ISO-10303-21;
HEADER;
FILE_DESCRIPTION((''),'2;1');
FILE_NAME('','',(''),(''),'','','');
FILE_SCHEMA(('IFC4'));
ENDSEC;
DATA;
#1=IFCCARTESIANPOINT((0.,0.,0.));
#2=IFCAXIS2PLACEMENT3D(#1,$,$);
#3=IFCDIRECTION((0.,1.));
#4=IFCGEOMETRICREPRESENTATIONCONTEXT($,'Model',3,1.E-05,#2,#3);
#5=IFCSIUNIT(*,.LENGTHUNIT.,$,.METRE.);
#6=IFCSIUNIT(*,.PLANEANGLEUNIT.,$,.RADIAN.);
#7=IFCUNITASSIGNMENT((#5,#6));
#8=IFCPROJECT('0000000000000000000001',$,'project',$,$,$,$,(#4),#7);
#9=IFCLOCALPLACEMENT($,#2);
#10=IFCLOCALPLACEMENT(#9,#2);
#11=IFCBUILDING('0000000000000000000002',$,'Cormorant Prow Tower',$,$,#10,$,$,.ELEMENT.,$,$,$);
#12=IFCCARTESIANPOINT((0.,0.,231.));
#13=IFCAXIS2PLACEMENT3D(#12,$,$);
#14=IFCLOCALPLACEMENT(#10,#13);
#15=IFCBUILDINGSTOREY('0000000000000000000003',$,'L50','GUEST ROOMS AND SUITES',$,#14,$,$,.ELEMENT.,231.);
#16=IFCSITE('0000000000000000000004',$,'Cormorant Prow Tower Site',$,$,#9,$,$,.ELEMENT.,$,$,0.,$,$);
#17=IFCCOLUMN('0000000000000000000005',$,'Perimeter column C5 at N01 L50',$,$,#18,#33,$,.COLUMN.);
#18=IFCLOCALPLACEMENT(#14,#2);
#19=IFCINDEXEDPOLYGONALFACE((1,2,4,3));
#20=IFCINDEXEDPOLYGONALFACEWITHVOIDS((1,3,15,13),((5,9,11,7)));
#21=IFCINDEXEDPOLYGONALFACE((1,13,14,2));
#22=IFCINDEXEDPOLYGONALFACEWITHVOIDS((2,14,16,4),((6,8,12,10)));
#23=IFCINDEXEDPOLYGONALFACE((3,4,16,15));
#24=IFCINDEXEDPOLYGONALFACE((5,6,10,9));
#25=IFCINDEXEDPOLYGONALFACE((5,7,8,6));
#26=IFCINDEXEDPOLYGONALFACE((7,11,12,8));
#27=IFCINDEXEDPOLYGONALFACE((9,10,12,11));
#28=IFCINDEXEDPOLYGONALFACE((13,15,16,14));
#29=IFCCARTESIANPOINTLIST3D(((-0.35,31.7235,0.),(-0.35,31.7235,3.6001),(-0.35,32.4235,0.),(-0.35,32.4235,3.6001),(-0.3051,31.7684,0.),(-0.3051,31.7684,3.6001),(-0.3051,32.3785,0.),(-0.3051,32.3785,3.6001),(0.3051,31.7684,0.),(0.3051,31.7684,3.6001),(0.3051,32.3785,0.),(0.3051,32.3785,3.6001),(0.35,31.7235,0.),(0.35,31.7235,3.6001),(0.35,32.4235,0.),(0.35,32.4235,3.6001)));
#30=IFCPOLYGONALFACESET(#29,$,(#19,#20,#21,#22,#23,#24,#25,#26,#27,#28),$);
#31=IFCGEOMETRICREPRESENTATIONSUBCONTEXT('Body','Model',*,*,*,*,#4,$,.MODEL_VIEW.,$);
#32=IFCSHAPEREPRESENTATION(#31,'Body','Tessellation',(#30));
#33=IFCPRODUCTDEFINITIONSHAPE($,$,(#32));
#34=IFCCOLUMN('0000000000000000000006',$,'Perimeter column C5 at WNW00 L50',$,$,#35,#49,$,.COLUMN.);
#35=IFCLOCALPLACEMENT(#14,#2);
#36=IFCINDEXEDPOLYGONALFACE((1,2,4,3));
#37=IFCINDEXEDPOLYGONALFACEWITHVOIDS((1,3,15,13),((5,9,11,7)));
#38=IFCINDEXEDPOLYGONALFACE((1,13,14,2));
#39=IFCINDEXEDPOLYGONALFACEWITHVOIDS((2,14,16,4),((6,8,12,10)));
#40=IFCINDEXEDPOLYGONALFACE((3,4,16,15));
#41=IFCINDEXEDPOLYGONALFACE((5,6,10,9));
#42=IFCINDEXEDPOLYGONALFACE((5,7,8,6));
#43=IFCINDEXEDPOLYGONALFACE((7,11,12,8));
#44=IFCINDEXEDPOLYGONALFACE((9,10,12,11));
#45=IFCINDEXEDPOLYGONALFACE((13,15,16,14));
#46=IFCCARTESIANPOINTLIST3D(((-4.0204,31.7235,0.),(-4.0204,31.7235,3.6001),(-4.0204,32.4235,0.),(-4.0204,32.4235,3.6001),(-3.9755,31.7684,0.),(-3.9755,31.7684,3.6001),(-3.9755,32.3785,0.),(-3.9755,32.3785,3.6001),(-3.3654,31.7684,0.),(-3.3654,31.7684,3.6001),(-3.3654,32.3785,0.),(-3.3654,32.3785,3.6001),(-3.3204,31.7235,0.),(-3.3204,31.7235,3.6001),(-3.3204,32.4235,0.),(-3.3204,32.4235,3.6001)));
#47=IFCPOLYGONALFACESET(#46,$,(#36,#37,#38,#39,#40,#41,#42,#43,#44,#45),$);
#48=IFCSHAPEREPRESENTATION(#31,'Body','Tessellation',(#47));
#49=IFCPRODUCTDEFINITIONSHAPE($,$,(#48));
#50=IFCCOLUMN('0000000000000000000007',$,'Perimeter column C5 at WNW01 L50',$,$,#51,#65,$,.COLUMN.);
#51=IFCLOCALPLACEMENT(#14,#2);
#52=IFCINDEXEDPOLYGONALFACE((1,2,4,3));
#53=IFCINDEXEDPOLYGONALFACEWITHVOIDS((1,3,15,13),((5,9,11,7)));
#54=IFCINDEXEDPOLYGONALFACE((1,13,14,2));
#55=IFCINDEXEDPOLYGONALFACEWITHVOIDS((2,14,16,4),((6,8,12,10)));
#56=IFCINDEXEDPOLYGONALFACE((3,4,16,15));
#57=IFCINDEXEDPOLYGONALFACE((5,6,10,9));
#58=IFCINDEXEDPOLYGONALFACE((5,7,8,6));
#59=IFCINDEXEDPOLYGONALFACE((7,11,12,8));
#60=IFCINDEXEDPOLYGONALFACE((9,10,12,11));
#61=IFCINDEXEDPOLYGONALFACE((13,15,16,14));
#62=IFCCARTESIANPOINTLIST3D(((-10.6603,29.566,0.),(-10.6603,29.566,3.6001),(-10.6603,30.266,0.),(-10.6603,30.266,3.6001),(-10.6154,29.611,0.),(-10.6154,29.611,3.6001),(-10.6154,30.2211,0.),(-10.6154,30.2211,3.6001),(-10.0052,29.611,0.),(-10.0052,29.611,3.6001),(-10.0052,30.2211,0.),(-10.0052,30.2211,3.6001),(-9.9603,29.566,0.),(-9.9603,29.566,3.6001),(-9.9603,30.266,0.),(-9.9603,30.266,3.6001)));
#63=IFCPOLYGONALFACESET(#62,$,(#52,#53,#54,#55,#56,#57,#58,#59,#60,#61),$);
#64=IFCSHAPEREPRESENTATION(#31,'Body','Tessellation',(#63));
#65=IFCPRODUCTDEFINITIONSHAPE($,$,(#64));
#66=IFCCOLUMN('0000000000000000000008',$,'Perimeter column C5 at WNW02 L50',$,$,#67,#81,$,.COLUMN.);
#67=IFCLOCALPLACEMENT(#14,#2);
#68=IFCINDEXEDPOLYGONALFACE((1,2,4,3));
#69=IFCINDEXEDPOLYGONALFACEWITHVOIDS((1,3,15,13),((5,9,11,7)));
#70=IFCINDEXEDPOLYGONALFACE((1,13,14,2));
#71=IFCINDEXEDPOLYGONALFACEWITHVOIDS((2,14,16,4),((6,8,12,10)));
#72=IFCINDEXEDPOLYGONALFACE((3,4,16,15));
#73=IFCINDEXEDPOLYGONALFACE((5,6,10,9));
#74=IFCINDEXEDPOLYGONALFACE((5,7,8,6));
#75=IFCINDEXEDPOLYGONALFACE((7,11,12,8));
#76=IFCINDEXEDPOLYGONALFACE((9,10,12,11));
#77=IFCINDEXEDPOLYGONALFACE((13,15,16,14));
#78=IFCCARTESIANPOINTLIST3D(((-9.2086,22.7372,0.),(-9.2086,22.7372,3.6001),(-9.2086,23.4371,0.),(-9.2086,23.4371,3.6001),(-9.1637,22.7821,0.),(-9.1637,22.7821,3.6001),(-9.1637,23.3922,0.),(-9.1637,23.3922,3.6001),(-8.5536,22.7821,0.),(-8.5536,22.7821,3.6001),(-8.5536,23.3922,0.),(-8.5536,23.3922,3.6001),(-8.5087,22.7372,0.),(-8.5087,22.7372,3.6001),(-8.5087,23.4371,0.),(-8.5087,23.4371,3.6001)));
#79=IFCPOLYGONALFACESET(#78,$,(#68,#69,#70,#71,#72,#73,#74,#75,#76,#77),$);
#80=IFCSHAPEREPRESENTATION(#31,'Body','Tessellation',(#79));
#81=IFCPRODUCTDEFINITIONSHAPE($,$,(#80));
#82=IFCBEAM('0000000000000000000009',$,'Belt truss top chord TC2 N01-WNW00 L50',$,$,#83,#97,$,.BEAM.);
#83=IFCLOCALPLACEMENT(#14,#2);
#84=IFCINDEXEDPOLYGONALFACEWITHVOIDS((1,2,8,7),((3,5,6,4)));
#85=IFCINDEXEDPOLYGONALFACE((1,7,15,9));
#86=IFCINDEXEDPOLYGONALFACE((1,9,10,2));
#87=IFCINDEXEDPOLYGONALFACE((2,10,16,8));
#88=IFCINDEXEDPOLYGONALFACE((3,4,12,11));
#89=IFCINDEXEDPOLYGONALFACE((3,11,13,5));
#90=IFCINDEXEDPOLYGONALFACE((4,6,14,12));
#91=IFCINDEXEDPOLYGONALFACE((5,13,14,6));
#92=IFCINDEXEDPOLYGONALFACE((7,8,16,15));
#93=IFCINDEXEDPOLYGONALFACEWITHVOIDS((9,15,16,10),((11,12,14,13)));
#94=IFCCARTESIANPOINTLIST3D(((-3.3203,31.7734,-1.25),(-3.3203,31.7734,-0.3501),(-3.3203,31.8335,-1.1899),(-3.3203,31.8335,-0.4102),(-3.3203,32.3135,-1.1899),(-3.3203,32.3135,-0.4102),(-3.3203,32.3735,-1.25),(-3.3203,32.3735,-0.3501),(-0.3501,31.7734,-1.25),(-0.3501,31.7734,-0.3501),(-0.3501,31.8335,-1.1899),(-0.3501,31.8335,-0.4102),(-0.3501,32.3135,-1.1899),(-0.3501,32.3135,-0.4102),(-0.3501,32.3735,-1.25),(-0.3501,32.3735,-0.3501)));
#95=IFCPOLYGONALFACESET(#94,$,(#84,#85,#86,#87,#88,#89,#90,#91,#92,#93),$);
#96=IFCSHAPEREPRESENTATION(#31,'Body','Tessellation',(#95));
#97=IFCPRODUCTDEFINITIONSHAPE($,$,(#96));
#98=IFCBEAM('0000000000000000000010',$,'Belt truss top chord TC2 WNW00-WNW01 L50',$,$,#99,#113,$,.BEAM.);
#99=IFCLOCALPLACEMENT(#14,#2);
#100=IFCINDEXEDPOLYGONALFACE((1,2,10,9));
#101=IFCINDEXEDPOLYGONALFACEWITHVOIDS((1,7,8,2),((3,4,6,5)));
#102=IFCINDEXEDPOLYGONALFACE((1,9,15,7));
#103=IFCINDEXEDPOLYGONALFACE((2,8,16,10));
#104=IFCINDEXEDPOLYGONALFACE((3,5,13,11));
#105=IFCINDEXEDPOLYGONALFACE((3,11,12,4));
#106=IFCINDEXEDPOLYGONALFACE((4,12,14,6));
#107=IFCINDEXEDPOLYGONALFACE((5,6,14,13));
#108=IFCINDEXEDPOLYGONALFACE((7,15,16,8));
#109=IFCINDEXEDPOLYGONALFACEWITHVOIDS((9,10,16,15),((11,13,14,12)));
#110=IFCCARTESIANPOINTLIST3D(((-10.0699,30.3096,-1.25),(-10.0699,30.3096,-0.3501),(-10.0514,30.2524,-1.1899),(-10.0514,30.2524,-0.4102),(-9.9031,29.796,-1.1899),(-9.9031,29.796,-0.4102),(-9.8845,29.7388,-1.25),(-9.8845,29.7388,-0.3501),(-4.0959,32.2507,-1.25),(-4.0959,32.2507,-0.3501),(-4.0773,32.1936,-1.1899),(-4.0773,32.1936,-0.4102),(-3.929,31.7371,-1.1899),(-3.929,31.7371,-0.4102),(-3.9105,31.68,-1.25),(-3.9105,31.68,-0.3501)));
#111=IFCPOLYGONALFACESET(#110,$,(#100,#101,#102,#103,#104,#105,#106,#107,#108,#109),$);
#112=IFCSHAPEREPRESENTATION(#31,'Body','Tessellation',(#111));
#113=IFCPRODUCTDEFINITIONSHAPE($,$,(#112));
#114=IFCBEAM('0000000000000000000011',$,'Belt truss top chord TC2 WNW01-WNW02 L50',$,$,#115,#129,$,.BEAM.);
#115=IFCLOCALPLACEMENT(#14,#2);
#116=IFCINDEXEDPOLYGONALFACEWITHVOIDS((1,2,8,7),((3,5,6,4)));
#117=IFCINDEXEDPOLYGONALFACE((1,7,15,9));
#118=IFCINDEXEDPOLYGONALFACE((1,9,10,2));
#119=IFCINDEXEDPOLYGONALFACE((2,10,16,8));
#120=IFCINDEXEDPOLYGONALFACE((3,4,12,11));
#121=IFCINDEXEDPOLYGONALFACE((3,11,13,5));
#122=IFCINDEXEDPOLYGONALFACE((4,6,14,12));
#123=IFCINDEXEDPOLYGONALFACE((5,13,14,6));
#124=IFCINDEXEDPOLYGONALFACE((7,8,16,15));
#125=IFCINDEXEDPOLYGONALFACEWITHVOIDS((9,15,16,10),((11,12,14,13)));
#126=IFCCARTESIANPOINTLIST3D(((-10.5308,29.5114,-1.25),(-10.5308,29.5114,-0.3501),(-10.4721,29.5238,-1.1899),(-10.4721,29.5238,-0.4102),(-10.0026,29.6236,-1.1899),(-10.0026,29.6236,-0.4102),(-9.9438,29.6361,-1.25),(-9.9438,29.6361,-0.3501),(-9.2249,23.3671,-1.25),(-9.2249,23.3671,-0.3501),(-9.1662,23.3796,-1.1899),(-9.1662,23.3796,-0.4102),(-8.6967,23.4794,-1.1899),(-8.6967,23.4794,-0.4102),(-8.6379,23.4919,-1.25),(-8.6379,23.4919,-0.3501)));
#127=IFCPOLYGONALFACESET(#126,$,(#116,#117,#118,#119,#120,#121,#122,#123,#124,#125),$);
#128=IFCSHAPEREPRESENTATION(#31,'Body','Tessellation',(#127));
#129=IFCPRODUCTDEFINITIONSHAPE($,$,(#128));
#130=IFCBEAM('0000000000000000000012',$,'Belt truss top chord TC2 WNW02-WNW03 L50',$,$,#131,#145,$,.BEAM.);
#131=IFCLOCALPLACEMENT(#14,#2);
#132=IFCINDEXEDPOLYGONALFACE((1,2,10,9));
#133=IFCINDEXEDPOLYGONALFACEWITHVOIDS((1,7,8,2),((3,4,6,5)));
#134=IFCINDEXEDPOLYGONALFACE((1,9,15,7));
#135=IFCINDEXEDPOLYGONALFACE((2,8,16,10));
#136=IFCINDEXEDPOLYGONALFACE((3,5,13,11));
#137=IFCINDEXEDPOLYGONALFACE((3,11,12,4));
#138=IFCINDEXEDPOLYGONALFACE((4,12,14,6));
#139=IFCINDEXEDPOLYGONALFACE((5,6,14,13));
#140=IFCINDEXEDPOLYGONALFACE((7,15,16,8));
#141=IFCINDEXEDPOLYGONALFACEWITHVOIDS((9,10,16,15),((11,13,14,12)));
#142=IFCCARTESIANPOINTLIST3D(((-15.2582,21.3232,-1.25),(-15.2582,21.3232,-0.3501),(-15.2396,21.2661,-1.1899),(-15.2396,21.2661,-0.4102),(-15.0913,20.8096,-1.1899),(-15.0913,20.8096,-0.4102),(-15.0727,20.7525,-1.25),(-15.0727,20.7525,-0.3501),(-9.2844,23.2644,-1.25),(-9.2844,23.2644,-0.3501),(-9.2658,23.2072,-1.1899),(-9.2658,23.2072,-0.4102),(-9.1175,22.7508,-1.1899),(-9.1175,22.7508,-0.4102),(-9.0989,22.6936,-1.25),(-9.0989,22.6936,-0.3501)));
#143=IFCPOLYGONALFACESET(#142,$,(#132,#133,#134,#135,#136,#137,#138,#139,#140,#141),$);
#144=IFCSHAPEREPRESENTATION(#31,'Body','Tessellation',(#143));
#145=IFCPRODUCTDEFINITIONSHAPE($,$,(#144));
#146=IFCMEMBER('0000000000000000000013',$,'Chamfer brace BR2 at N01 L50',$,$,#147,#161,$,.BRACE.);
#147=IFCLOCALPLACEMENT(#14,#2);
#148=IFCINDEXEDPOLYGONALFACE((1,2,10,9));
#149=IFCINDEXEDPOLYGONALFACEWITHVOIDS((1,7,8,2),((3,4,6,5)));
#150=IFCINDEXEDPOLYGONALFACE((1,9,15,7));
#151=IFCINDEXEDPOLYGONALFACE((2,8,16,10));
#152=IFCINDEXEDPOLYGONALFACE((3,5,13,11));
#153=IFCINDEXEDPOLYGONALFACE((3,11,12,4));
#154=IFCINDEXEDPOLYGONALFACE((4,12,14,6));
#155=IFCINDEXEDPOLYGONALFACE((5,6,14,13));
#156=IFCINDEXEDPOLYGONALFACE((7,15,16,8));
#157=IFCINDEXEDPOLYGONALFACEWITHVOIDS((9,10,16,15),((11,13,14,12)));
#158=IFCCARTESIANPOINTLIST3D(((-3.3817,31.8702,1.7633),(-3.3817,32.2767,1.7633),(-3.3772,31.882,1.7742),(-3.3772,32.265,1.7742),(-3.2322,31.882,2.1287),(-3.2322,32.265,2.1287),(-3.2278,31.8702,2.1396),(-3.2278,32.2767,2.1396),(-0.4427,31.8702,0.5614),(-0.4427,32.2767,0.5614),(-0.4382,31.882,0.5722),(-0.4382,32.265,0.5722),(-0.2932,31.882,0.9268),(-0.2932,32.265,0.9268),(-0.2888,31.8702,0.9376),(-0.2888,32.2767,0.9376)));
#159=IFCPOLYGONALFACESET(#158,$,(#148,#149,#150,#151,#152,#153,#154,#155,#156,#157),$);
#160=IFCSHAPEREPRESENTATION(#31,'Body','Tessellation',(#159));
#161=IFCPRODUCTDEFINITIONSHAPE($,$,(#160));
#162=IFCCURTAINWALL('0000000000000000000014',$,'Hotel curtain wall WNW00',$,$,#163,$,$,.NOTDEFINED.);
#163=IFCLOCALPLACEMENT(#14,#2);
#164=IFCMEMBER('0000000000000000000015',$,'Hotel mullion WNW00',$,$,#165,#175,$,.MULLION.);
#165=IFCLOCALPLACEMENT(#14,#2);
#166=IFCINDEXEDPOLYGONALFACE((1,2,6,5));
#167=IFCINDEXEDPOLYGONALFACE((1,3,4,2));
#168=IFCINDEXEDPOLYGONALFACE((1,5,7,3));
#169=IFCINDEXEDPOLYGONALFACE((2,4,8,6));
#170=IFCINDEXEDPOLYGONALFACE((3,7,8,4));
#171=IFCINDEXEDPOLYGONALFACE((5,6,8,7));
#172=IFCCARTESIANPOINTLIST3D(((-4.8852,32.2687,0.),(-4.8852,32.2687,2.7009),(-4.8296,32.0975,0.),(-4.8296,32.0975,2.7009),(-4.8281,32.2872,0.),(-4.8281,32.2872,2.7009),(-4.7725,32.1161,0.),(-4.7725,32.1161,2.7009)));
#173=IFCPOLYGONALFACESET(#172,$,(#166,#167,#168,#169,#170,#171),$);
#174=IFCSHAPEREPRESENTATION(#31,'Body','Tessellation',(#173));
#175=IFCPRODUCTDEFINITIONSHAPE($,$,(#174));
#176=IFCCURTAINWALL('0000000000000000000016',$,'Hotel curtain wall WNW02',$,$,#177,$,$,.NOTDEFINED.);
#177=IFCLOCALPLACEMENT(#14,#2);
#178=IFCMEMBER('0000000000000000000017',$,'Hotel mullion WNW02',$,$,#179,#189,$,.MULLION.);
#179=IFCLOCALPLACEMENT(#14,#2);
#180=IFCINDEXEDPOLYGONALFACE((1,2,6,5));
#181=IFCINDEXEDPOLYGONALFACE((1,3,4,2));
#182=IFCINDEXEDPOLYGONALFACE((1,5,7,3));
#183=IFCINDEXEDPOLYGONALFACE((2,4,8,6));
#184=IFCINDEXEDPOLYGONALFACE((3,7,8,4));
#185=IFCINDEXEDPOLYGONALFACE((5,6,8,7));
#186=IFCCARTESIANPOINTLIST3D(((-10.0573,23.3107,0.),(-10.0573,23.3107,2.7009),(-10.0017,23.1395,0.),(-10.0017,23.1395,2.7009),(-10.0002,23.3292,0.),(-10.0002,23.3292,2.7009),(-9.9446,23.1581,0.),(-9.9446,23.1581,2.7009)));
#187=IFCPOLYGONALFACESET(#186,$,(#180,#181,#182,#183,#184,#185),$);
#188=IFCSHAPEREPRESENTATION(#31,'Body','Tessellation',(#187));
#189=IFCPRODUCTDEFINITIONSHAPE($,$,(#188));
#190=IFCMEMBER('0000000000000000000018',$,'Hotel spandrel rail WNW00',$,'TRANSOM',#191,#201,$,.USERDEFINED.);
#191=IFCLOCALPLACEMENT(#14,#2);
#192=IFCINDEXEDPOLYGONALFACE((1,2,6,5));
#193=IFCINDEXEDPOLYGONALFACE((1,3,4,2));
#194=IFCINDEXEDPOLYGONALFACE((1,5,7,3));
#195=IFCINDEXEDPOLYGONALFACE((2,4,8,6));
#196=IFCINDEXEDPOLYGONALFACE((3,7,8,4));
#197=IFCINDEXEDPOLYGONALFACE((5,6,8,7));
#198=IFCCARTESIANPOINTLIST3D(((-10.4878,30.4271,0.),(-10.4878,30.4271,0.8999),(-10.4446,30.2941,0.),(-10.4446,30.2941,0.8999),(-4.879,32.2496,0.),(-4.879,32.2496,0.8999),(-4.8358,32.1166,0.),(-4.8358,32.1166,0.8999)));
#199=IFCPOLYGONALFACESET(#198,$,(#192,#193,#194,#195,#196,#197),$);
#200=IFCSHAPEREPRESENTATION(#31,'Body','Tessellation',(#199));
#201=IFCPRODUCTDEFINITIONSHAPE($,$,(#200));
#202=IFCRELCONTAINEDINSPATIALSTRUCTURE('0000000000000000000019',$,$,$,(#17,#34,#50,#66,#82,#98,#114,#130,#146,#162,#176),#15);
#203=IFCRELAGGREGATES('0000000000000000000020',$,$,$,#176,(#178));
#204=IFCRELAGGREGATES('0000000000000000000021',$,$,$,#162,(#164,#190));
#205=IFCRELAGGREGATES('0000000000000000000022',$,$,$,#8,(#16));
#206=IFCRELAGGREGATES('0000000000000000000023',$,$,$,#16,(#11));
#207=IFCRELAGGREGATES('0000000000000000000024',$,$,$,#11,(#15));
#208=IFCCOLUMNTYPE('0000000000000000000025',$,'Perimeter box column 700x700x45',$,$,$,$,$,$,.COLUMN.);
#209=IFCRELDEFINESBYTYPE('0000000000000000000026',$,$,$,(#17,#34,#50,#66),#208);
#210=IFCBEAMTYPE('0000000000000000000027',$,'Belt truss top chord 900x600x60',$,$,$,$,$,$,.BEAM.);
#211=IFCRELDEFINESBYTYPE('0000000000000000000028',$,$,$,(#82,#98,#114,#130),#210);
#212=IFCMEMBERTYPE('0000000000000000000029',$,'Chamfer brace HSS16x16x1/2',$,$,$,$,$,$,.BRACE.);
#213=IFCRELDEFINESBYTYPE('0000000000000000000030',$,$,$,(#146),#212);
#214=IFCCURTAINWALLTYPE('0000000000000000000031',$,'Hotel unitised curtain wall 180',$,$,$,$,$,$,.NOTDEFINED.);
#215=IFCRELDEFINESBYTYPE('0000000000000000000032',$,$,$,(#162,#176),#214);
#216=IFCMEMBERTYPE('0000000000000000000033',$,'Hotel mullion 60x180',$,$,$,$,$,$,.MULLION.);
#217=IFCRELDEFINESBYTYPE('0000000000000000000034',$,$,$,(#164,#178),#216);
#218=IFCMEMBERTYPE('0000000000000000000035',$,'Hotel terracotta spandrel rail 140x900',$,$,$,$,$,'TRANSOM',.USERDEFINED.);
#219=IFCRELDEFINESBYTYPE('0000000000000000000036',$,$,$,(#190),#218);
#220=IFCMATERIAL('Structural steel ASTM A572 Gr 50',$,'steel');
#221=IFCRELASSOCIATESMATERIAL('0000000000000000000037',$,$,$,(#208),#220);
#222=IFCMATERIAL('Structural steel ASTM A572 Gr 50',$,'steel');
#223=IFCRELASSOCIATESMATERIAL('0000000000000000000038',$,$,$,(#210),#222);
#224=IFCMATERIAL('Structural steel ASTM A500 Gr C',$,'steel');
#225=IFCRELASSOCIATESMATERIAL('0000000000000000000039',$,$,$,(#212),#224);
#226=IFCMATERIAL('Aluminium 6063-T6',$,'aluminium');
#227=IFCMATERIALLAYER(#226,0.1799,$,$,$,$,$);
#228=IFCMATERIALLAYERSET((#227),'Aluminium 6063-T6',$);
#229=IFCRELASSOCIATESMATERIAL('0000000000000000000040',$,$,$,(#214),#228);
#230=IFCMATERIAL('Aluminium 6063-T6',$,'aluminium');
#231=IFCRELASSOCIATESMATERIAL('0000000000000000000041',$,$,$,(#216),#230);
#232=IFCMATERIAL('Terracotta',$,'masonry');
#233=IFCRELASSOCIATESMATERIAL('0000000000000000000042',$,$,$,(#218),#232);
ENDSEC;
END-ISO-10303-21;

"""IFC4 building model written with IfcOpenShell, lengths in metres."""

from ifc_helpers import new_model, si_unit, direction, frame, origin, origin_2d, place, context, subcontext, project, spatial, rectangle, hollow_rectangle, extrude, material, layer, layer_set, material_profile, profile_set, type_object, element, aggregate, save


model = new_model("IFC4")

# Units and contexts
model_context = context("Model", 3, precision=1e-05, world=origin(), true_north=direction((0.0, 1.0)))
body_context = subcontext(model_context, "Body", "Model", "MODEL_VIEW")
ifc_project = project(units=[si_unit("LENGTHUNIT", "METRE"), si_unit("PLANEANGLEUNIT", "RADIAN")], contexts=[model_context])

# Site, building, storey
site_placement = place(None, origin())
site = spatial("IfcSite", under=ifc_project, at=site_placement, Name="Cormorant Prow Tower Site", CompositionType="ELEMENT", RefElevation=0.0)
building_placement = place(site_placement, origin())
building = spatial("IfcBuilding", under=site, at=building_placement, Name="Cormorant Prow Tower", CompositionType="ELEMENT")
storey_placement = place(building_placement, frame((0.0, 0.0, 231.0)))
storey = spatial("IfcBuildingStorey", under=building, at=storey_placement, Name="L50", Description="GUEST ROOMS AND SUITES", CompositionType="ELEMENT", Elevation=231.0)

# Columns
ifc_material_1 = material(Name="Structural steel ASTM A572 Gr 50", Category="steel")
ifc_material_profile_1 = material_profile(ifc_material_1, hollow_rectangle(XDim=0.7, YDim=0.7, WallThickness=0.0449, at=origin_2d()), Name="Box 700x700x45")
ifc_profile_set_1 = profile_set([ifc_material_profile_1], Name="Structural steel ASTM A572 Gr 50")
column_type = type_object("IfcColumnType", Name="Perimeter box column 700x700x45", PredefinedType="COLUMN", material=ifc_profile_set_1)
for number, where, z_axis, x_axis, name in (
    (1, (0.0, 32.0735, 0.0), (0.0, 0.0, 1.0), (1.0, 0.0, 0.0), "Perimeter column C5 at N01 L50"),
    (2, (-3.6704, 32.0735, 0.0), (0.0, 0.0, 1.0), (1.0, 0.0, 0.0), "Perimeter column C5 at WNW00 L50"),
    (3, (-10.3103, 29.916, 0.0), (0.0, 0.0, 1.0), (1.0, 0.0, 0.0), "Perimeter column C5 at WNW01 L50"),
    (4, (-8.8586, 23.0872, 0.0), (0.0, 0.0, 1.0), (1.0, 0.0, 0.0), "Perimeter column C5 at WNW02 L50"),
):
    element("IfcColumn", number, at=place(storey_placement, frame(where, z_axis=z_axis, x_axis=x_axis)), inside=storey, type_object=column_type, Name=name, PredefinedType="COLUMN", context=body_context, shape_type="SweptSolid", body=[
        extrude(hollow_rectangle(XDim=0.7, YDim=0.7, WallThickness=0.0449, at=origin_2d()), origin(), (0.0, 0.0, 1.0), 3.6001),
    ])

# Beams
ifc_material_2 = material(Name="Structural steel ASTM A572 Gr 50", Category="steel")
ifc_material_profile_2 = material_profile(ifc_material_2, hollow_rectangle(XDim=0.6001, YDim=0.8999, WallThickness=0.0601, at=origin_2d()), Name="Box 900x600x60")
ifc_profile_set_2 = profile_set([ifc_material_profile_2], Name="Structural steel ASTM A572 Gr 50")
beam_type = type_object("IfcBeamType", Name="Belt truss top chord 900x600x60", PredefinedType="BEAM", material=ifc_profile_set_2)
beam_1_placement = place(storey_placement, frame((-0.3501, 32.0735, -0.8), z_axis=(-1.0, 0.0, 0.0), x_axis=(0.0, -1.0, 0.0)))
element("IfcBeam", 5, at=beam_1_placement, inside=storey, type_object=beam_type, Name="Belt truss top chord TC2 N01-WNW00 L50", PredefinedType="BEAM", context=body_context, shape_type="SweptSolid", body=[
    extrude(hollow_rectangle(XDim=0.6001, YDim=0.8999, WallThickness=0.0601, at=origin_2d()), origin(), (0.0, 0.0, 1.0), 2.9702),
])
for number, where, z_axis, x_axis, name in (
    (6, (-4.0032, 31.9653, -0.8), (-0.951054, -0.309025, 0.0), (0.309025, -0.951054, 0.0), "Belt truss top chord TC2 WNW00-WNW01 L50"),
    (7, (-10.2373, 29.5737, -0.8), (0.207896, -0.978151, 0.0), (0.978151, 0.207896, 0.0), "Belt truss top chord TC2 WNW01-WNW02 L50"),
):
    element("IfcBeam", number, at=place(storey_placement, frame(where, z_axis=z_axis, x_axis=x_axis)), inside=storey, type_object=beam_type, Name=name, PredefinedType="BEAM", context=body_context, shape_type="SweptSolid", body=[
        extrude(hollow_rectangle(XDim=0.6001, YDim=0.8999, WallThickness=0.0601, at=origin_2d()), origin(), (0.0, 0.0, 1.0), 6.2815),
    ])
beam_2_placement = place(storey_placement, frame((-9.1917, 22.979, -0.8), z_axis=(-0.95105, -0.309036, 0.0), x_axis=(0.309036, -0.95105, 0.0)))
element("IfcBeam", 8, at=beam_2_placement, inside=storey, type_object=beam_type, Name="Belt truss top chord TC2 WNW02-WNW03 L50", PredefinedType="BEAM", context=body_context, shape_type="SweptSolid", body=[
    extrude(hollow_rectangle(XDim=0.6001, YDim=0.8999, WallThickness=0.0601, at=origin_2d()), origin(), (0.0, 0.0, 1.0), 6.2812),
])

# Member
ifc_material_3 = material(Name="Structural steel ASTM A500 Gr C", Category="steel")
ifc_material_profile_3 = material_profile(ifc_material_3, hollow_rectangle(XDim=0.4065, YDim=0.4065, WallThickness=0.0117, at=origin_2d()), Name="HSS16x16x1/2")
ifc_profile_set_3 = profile_set([ifc_material_profile_3], Name="Structural steel ASTM A500 Gr C")
member_type_1 = type_object("IfcMemberType", Name="Chamfer brace HSS16x16x1/2", PredefinedType="BRACE", material=ifc_profile_set_3)
member_1_placement = place(storey_placement, frame((-0.3657, 32.0735, 0.7495), z_axis=(-0.925591, 0.0, 0.378525), x_axis=(0.0, -1.0, 0.0)))
element("IfcMember", 9, at=member_1_placement, inside=storey, type_object=member_type_1, Name="Chamfer brace BR2 at N01 L50", PredefinedType="BRACE", context=body_context, shape_type="SweptSolid", body=[
    extrude(hollow_rectangle(XDim=0.4065, YDim=0.4065, WallThickness=0.0117, at=origin_2d()), origin(), (0.0, 0.0, 1.0), 3.1753),
])

# Curtain walls, members
ifc_material_4 = material(Name="Aluminium 6063-T6", Category="aluminium")
ifc_layer_1 = layer(ifc_material_4, 0.1799)
ifc_layer_set_1 = layer_set([ifc_layer_1], Name="Aluminium 6063-T6")
curtain_wall_type = type_object("IfcCurtainWallType", Name="Hotel unitised curtain wall 180", PredefinedType="NOTDEFINED", material=ifc_layer_set_1)
curtain_wall_1_placement = place(storey_placement, origin())
curtain_wall_1 = element("IfcCurtainWall", 10, at=curtain_wall_1_placement, inside=storey, type_object=curtain_wall_type, Name="Hotel curtain wall WNW00", PredefinedType="NOTDEFINED")
ifc_material_5 = material(Name="Aluminium 6063-T6", Category="aluminium")
ifc_material_profile_4 = material_profile(ifc_material_5, rectangle(XDim=0.1799, YDim=0.0601, at=origin_2d()), Name="Hotel mullion 60x180")
ifc_profile_set_4 = profile_set([ifc_material_profile_4], Name="Aluminium 6063-T6")
member_type_2 = type_object("IfcMemberType", Name="Hotel mullion 60x180", PredefinedType="MULLION", material=ifc_profile_set_4)
member_2_placement = place(storey_placement, frame((-4.8289, 32.1924, 0.0), z_axis=(0.0, 0.0, 1.0), x_axis=(0.309017, -0.951057, 0.0)))
member_2 = element("IfcMember", 11, at=member_2_placement, type_object=member_type_2, Name="Hotel mullion WNW00", PredefinedType="MULLION", context=body_context, shape_type="SweptSolid", body=[
    extrude(rectangle(XDim=0.1799, YDim=0.0601, at=origin_2d()), origin(), (0.0, 0.0, 1.0), 2.7009),
])
curtain_wall_2_placement = place(storey_placement, origin())
curtain_wall_2 = element("IfcCurtainWall", 12, at=curtain_wall_2_placement, inside=storey, type_object=curtain_wall_type, Name="Hotel curtain wall WNW02", PredefinedType="NOTDEFINED")
member_3_placement = place(storey_placement, frame((-10.001, 23.2344, 0.0), z_axis=(0.0, 0.0, 1.0), x_axis=(0.309017, -0.951057, 0.0)))
member_3 = element("IfcMember", 13, at=member_3_placement, type_object=member_type_2, Name="Hotel mullion WNW02", PredefinedType="MULLION", context=body_context, shape_type="SweptSolid", body=[
    extrude(rectangle(XDim=0.1799, YDim=0.0601, at=origin_2d()), origin(), (0.0, 0.0, 1.0), 2.7009),
])

# Member
ifc_material_6 = material(Name="Terracotta", Category="masonry")
ifc_material_profile_5 = material_profile(ifc_material_6, rectangle(XDim=0.1399, YDim=0.8999, at=origin_2d()), Name="Hotel terracotta spandrel rail 140x900")
ifc_profile_set_5 = profile_set([ifc_material_profile_5], Name="Terracotta")
member_type_3 = type_object("IfcMemberType", Name="Hotel terracotta spandrel rail 140x900", ElementType="TRANSOM", PredefinedType="USERDEFINED", material=ifc_profile_set_5)
member_4_placement = place(storey_placement, frame((-4.8574, 32.1831, 0.45), z_axis=(-0.951053, -0.309028, 0.0), x_axis=(0.309028, -0.951053, 0.0)))
member_4 = element("IfcMember", 14, at=member_4_placement, type_object=member_type_3, Name="Hotel spandrel rail WNW00", ObjectType="TRANSOM", PredefinedType="USERDEFINED", context=body_context, shape_type="SweptSolid", body=[
    extrude(rectangle(XDim=0.1399, YDim=0.8999, at=origin_2d()), origin(), (0.0, 0.0, 1.0), 5.8975),
])
aggregate(curtain_wall_2, [member_3])

aggregate(curtain_wall_1, [member_2, member_4])

save(model, "model.ifc")
